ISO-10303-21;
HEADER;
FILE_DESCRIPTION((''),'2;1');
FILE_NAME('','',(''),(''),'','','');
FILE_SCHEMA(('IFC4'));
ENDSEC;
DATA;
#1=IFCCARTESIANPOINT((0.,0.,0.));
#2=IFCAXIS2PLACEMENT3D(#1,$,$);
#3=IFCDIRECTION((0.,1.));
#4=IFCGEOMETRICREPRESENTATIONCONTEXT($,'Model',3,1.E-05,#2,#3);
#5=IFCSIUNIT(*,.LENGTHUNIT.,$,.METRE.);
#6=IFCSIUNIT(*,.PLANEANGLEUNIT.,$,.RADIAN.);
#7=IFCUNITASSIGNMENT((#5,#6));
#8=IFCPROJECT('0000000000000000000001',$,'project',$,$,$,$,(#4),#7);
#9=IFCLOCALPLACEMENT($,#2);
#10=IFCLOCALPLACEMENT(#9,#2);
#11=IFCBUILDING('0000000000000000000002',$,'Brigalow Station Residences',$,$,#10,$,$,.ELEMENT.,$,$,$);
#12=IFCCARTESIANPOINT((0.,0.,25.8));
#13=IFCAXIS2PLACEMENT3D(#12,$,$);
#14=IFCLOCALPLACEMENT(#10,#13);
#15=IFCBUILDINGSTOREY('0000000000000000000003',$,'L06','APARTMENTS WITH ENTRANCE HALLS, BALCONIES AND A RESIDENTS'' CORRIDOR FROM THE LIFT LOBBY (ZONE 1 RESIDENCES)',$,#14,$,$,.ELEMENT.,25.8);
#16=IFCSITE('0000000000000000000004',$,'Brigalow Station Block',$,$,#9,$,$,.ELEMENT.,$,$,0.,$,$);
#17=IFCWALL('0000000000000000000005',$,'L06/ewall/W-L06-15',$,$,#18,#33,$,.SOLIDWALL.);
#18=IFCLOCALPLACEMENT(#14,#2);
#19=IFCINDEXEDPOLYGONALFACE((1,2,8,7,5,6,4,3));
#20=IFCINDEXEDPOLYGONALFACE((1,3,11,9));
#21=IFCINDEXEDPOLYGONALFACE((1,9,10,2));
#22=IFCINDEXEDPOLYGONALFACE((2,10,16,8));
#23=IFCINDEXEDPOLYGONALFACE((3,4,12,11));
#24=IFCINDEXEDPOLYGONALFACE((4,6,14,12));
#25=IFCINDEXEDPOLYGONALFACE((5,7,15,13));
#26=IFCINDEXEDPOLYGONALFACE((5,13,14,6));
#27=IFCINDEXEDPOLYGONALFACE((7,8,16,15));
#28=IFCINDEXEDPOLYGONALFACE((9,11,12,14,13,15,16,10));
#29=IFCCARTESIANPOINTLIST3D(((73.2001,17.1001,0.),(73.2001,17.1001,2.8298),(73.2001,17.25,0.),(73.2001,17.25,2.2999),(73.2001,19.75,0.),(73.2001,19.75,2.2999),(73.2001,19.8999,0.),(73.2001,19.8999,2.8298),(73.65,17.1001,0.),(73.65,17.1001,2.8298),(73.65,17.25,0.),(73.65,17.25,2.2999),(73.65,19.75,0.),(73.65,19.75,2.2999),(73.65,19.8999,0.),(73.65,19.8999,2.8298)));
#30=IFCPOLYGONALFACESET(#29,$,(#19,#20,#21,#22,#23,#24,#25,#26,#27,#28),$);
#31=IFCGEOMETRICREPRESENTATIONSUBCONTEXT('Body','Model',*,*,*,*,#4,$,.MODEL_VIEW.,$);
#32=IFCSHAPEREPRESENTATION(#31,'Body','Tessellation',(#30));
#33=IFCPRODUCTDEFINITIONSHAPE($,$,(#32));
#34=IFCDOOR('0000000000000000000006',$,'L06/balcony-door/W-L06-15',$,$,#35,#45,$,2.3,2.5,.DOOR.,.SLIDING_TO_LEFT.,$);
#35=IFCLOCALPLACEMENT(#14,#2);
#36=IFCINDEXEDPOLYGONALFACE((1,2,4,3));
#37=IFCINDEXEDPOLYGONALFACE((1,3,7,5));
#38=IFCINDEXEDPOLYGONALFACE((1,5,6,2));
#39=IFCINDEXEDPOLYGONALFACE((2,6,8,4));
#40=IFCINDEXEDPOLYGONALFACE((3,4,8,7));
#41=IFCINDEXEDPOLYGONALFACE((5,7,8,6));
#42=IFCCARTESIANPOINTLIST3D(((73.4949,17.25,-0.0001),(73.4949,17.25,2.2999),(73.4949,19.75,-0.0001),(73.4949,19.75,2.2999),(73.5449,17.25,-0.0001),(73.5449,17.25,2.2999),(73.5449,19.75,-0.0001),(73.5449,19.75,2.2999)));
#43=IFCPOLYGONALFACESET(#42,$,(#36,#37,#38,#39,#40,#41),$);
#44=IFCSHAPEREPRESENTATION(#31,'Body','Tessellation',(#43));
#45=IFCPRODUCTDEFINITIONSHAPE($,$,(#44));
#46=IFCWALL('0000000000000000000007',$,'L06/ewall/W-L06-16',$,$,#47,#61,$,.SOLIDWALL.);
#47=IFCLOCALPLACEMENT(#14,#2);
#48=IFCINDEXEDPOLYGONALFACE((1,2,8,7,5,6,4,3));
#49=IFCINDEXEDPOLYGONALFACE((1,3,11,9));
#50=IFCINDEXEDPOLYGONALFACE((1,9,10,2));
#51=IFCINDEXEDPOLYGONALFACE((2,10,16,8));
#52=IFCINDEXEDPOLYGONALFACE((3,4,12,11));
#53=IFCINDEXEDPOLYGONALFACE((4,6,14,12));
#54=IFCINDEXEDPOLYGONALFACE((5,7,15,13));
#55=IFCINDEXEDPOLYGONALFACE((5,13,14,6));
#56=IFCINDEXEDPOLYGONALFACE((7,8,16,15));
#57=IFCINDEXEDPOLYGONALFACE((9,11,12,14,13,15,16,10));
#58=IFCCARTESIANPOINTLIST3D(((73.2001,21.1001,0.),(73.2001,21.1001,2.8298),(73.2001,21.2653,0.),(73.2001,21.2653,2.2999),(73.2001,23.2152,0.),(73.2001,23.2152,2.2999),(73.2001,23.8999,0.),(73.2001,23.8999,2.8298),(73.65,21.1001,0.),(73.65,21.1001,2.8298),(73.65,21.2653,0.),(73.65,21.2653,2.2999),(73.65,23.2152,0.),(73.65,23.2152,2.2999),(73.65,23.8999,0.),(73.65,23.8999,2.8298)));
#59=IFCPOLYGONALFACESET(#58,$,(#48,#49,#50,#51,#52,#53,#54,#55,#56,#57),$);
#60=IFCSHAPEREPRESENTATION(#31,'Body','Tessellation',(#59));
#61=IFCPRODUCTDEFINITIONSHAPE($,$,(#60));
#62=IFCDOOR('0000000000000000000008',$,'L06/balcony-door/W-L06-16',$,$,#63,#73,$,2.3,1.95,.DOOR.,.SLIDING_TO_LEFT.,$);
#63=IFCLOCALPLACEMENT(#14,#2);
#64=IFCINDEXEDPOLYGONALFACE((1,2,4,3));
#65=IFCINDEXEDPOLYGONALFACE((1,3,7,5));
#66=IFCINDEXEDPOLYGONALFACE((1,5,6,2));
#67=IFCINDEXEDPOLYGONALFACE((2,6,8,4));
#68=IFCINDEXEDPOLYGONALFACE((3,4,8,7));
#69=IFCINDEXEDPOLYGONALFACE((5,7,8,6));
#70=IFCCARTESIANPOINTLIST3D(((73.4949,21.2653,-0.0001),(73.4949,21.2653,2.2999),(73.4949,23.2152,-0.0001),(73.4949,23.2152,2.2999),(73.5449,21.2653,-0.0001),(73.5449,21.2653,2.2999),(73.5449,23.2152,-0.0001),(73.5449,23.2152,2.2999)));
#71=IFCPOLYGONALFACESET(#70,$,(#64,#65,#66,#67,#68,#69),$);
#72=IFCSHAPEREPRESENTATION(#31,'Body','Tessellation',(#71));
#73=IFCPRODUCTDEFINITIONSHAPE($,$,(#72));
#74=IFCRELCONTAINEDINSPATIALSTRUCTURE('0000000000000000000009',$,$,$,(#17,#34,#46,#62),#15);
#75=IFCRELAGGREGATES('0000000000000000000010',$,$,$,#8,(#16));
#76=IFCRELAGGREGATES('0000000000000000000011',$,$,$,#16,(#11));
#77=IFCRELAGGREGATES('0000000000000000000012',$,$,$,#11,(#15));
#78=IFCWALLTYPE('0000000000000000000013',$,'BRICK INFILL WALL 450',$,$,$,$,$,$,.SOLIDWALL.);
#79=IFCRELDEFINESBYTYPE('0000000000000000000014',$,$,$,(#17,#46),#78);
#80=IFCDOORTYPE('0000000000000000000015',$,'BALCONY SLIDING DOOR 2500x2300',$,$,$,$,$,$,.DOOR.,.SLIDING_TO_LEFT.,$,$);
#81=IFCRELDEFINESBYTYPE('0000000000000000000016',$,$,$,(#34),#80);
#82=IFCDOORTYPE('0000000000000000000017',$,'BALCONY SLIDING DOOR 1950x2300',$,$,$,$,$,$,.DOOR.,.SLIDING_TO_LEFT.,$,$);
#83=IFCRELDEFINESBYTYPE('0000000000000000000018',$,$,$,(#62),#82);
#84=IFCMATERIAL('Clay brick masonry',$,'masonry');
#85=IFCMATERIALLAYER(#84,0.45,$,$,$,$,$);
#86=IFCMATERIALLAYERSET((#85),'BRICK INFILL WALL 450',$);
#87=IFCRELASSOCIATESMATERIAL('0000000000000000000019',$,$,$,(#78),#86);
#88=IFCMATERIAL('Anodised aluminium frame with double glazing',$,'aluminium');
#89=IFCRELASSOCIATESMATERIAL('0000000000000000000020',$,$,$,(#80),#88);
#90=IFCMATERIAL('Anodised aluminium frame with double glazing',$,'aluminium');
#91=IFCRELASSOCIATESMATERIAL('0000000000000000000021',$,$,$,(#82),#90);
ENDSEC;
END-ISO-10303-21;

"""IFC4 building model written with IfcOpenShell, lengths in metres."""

from ifc_helpers import new_model, si_unit, direction, frame, frame_2d, origin, place, context, subcontext, project, spatial, rectangle, extrude, material, layer, layer_set, type_object, element, fill, save


model = new_model("IFC4")

# Units and contexts
model_context = context("Model", 3, precision=1e-05, world=origin(), true_north=direction((0.0, 1.0)))
body_context = subcontext(model_context, "Body", "Model", "MODEL_VIEW")
ifc_project = project(units=[si_unit("LENGTHUNIT", "METRE"), si_unit("PLANEANGLEUNIT", "RADIAN")], contexts=[model_context])

# Site, building, storey
site_placement = place(None, origin())
site = spatial("IfcSite", under=ifc_project, at=site_placement, Name="Brigalow Station Block", CompositionType="ELEMENT", RefElevation=0.0)
building_placement = place(site_placement, origin())
building = spatial("IfcBuilding", under=site, at=building_placement, Name="Brigalow Station Residences", CompositionType="ELEMENT")
storey_placement = place(building_placement, frame((0.0, 0.0, 25.8)))
storey = spatial("IfcBuildingStorey", under=building, at=storey_placement, Name="L06", Description="APARTMENTS WITH ENTRANCE HALLS, BALCONIES AND A RESIDENTS' CORRIDOR FROM THE LIFT LOBBY (ZONE 1 RESIDENCES)", CompositionType="ELEMENT", Elevation=25.8)

# Shared definitions
ifc_material_1 = material(Name="Clay brick masonry", Category="masonry")
ifc_layer = layer(ifc_material_1, 0.45)
ifc_layer_set = layer_set([ifc_layer], Name="BRICK INFILL WALL 450")
wall_type = type_object("IfcWallType", Name="BRICK INFILL WALL 450", PredefinedType="SOLIDWALL", material=ifc_layer_set)

# Walls, openings, doors
wall_1_placement = place(storey_placement, frame((73.425, 17.1001, 0.0), z_axis=(0.0, 0.0, 1.0), x_axis=(0.0, 1.0, 0.0)))
wall_1 = element("IfcWall", 1, at=wall_1_placement, inside=storey, type_object=wall_type, Name="L06/ewall/W-L06-15", PredefinedType="SOLIDWALL", context=body_context, shape_type="SweptSolid", body=[
    extrude(rectangle(XDim=2.7998, YDim=0.45, at=frame_2d((1.3999, 0.0))), origin(), (0.0, 0.0, 1.0), 2.8298),
])
opening_1_placement = place(wall_1_placement, frame((0.1499, 0.0, 0.0)))
opening_1 = element("IfcOpeningElement", 2, at=opening_1_placement, cuts=wall_1, PredefinedType="OPENING", context=body_context, shape_type="SweptSolid", body=[
    extrude(rectangle(XDim=2.5, YDim=2.3, at=frame_2d((1.25, 1.1499))), frame((0.0, 0.2349, 0.0), z_axis=(0.0, -1.0, 0.0), x_axis=(1.0, 0.0, 0.0)), (0.0, 0.0, 1.0), 0.47),
])
ifc_material_2 = material(Name="Anodised aluminium frame with double glazing", Category="aluminium")
door_type_1 = type_object("IfcDoorType", Name="BALCONY SLIDING DOOR 2500x2300", OperationType="SLIDING_TO_LEFT", PredefinedType="DOOR", material=ifc_material_2)
door_1_placement = place(opening_1_placement, origin())
door_1 = element("IfcDoor", 3, at=door_1_placement, inside=storey, type_object=door_type_1, Name="L06/balcony-door/W-L06-15", OperationType="SLIDING_TO_LEFT", OverallHeight=2.3, OverallWidth=2.5, PredefinedType="DOOR", context=body_context, shape_type="SweptSolid", body=[
    extrude(rectangle(XDim=2.5, YDim=2.3, at=frame_2d((1.25, 1.1499))), frame((0.0, -0.0698, 0.0), z_axis=(0.0, -1.0, 0.0), x_axis=(1.0, 0.0, 0.0)), (0.0, 0.0, 1.0), 0.05),
])
fill(opening_1, door_1)
wall_2_placement = place(storey_placement, frame((73.425, 21.1001, 0.0), z_axis=(0.0, 0.0, 1.0), x_axis=(0.0, 1.0, 0.0)))
wall_2 = element("IfcWall", 4, at=wall_2_placement, inside=storey, type_object=wall_type, Name="L06/ewall/W-L06-16", PredefinedType="SOLIDWALL", context=body_context, shape_type="SweptSolid", body=[
    extrude(rectangle(XDim=2.7998, YDim=0.45, at=frame_2d((1.3999, 0.0))), origin(), (0.0, 0.0, 1.0), 2.8298),
])
opening_2_placement = place(wall_2_placement, frame((0.165, 0.0, 0.0)))
opening_2 = element("IfcOpeningElement", 5, at=opening_2_placement, cuts=wall_2, PredefinedType="OPENING", context=body_context, shape_type="SweptSolid", body=[
    extrude(rectangle(XDim=1.95, YDim=2.3, at=frame_2d((0.9751, 1.1499))), frame((0.0, 0.2349, 0.0), z_axis=(0.0, -1.0, 0.0), x_axis=(1.0, 0.0, 0.0)), (0.0, 0.0, 1.0), 0.47),
])
ifc_material_3 = material(Name="Anodised aluminium frame with double glazing", Category="aluminium")
door_type_2 = type_object("IfcDoorType", Name="BALCONY SLIDING DOOR 1950x2300", OperationType="SLIDING_TO_LEFT", PredefinedType="DOOR", material=ifc_material_3)
door_2_placement = place(opening_2_placement, origin())
door_2 = element("IfcDoor", 6, at=door_2_placement, inside=storey, type_object=door_type_2, Name="L06/balcony-door/W-L06-16", OperationType="SLIDING_TO_LEFT", OverallHeight=2.3, OverallWidth=1.95, PredefinedType="DOOR", context=body_context, shape_type="SweptSolid", body=[
    extrude(rectangle(XDim=1.95, YDim=2.3, at=frame_2d((0.9751, 1.1499))), frame((0.0, -0.0698, 0.0), z_axis=(0.0, -1.0, 0.0), x_axis=(1.0, 0.0, 0.0)), (0.0, 0.0, 1.0), 0.05),
])
fill(opening_2, door_2)

save(model, "model.ifc")
